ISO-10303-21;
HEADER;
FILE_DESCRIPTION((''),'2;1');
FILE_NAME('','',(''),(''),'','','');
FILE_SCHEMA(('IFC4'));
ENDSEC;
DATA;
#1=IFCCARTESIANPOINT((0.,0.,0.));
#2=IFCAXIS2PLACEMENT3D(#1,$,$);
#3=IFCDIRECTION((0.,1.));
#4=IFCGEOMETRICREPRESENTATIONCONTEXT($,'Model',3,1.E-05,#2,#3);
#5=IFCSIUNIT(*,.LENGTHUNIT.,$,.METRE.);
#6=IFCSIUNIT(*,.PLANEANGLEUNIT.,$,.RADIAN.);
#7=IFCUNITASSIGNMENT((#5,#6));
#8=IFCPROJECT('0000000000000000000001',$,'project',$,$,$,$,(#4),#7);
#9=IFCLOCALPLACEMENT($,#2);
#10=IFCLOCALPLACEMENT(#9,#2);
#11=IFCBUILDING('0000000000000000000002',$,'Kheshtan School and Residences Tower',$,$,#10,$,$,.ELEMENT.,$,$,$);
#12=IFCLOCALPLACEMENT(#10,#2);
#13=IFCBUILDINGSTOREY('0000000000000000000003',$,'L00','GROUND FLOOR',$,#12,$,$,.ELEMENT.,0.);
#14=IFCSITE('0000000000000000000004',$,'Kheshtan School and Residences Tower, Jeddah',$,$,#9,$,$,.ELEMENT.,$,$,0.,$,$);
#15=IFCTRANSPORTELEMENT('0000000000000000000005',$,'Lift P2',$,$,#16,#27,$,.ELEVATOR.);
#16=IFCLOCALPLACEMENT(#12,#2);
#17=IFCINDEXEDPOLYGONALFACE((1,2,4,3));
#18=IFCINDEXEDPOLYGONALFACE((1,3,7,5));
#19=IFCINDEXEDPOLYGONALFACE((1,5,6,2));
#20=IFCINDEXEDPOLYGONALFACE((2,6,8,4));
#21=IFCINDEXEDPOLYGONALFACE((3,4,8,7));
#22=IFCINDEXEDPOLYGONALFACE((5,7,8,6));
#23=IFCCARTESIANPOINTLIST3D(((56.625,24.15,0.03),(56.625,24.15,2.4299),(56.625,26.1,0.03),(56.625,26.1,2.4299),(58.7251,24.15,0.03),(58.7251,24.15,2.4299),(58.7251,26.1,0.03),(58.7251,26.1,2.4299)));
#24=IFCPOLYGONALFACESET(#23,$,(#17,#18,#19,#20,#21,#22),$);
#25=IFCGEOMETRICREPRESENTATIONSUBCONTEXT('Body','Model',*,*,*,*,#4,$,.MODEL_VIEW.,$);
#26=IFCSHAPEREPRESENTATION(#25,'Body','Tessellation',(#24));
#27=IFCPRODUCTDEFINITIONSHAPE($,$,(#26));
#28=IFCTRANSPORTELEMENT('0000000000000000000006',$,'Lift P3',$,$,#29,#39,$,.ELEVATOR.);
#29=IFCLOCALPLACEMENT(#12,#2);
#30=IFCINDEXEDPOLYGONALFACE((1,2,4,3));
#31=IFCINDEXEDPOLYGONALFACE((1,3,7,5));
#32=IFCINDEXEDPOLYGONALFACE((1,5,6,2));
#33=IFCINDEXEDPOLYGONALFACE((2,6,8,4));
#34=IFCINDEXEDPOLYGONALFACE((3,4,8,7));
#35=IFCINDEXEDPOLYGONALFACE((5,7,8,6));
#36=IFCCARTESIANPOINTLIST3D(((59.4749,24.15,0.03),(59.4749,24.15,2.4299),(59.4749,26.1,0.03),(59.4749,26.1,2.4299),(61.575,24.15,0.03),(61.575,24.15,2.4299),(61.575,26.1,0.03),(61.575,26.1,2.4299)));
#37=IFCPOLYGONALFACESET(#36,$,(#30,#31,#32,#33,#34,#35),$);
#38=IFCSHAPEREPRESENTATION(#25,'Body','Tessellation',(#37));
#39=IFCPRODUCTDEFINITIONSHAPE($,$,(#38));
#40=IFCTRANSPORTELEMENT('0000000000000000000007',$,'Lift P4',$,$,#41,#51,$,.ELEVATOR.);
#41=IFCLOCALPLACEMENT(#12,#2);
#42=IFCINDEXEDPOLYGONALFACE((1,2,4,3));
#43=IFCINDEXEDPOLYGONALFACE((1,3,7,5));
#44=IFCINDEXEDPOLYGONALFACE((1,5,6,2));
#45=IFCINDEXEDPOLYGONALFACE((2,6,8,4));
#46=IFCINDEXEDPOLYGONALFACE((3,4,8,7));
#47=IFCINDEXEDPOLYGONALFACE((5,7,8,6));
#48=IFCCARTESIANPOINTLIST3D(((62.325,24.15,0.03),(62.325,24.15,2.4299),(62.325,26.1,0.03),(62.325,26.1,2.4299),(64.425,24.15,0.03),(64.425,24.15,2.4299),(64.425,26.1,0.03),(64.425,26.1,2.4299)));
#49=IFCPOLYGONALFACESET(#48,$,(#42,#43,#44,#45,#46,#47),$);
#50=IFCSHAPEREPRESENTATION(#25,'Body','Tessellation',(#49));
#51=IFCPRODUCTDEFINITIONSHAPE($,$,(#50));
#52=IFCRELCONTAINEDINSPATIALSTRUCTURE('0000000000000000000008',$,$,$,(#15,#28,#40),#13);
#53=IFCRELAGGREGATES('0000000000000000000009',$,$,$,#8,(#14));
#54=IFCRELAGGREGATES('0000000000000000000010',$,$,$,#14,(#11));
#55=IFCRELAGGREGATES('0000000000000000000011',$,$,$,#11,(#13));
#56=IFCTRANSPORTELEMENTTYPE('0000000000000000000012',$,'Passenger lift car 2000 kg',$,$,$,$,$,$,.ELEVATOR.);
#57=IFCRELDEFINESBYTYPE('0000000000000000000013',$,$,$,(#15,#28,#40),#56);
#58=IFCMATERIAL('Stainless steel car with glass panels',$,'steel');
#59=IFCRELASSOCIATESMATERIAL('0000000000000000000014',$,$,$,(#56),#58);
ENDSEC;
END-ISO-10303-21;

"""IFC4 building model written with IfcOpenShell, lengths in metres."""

from ifc_helpers import new_model, si_unit, direction, frame, origin, origin_2d, place, context, subcontext, project, spatial, rectangle, extrude, material, type_object, element, save


model = new_model("IFC4")

# Units and contexts
model_context = context("Model", 3, precision=1e-05, world=origin(), true_north=direction((0.0, 1.0)))
body_context = subcontext(model_context, "Body", "Model", "MODEL_VIEW")
ifc_project = project(units=[si_unit("LENGTHUNIT", "METRE"), si_unit("PLANEANGLEUNIT", "RADIAN")], contexts=[model_context])

# Site, building, storey
site_placement = place(None, origin())
site = spatial("IfcSite", under=ifc_project, at=site_placement, Name="Kheshtan School and Residences Tower, Jeddah", CompositionType="ELEMENT", RefElevation=0.0)
building_placement = place(site_placement, origin())
building = spatial("IfcBuilding", under=site, at=building_placement, Name="Kheshtan School and Residences Tower", CompositionType="ELEMENT")
storey_placement = place(building_placement, origin())
storey = spatial("IfcBuildingStorey", under=building, at=storey_placement, Name="L00", Description="GROUND FLOOR", CompositionType="ELEMENT", Elevation=0.0)

# Transport elements
ifc_material_1 = material(Name="Stainless steel car with glass panels", Category="steel")
transport_element_type = type_object("IfcTransportElementType", Name="Passenger lift car 2000 kg", PredefinedType="ELEVATOR", material=ifc_material_1)
for number, where, z_axis, x_axis, name in (
    (1, (57.675, 25.125, 0.03), (0.0, 0.0, 1.0), (1.0, 0.0, 0.0), "Lift P2"),
    (2, (60.5249, 25.125, 0.03), (0.0, 0.0, 1.0), (1.0, 0.0, 0.0), "Lift P3"),
    (3, (63.375, 25.125, 0.03), (0.0, 0.0, 1.0), (1.0, 0.0, 0.0), "Lift P4"),
):
    element("IfcTransportElement", number, at=place(storey_placement, frame(where, z_axis=z_axis, x_axis=x_axis)), inside=storey, type_object=transport_element_type, Name=name, PredefinedType="ELEVATOR", context=body_context, shape_type="SweptSolid", body=[
        extrude(rectangle(XDim=2.1001, YDim=1.95, at=origin_2d()), origin(), (0.0, 0.0, 1.0), 2.3999),
    ])

save(model, "model.ifc")
